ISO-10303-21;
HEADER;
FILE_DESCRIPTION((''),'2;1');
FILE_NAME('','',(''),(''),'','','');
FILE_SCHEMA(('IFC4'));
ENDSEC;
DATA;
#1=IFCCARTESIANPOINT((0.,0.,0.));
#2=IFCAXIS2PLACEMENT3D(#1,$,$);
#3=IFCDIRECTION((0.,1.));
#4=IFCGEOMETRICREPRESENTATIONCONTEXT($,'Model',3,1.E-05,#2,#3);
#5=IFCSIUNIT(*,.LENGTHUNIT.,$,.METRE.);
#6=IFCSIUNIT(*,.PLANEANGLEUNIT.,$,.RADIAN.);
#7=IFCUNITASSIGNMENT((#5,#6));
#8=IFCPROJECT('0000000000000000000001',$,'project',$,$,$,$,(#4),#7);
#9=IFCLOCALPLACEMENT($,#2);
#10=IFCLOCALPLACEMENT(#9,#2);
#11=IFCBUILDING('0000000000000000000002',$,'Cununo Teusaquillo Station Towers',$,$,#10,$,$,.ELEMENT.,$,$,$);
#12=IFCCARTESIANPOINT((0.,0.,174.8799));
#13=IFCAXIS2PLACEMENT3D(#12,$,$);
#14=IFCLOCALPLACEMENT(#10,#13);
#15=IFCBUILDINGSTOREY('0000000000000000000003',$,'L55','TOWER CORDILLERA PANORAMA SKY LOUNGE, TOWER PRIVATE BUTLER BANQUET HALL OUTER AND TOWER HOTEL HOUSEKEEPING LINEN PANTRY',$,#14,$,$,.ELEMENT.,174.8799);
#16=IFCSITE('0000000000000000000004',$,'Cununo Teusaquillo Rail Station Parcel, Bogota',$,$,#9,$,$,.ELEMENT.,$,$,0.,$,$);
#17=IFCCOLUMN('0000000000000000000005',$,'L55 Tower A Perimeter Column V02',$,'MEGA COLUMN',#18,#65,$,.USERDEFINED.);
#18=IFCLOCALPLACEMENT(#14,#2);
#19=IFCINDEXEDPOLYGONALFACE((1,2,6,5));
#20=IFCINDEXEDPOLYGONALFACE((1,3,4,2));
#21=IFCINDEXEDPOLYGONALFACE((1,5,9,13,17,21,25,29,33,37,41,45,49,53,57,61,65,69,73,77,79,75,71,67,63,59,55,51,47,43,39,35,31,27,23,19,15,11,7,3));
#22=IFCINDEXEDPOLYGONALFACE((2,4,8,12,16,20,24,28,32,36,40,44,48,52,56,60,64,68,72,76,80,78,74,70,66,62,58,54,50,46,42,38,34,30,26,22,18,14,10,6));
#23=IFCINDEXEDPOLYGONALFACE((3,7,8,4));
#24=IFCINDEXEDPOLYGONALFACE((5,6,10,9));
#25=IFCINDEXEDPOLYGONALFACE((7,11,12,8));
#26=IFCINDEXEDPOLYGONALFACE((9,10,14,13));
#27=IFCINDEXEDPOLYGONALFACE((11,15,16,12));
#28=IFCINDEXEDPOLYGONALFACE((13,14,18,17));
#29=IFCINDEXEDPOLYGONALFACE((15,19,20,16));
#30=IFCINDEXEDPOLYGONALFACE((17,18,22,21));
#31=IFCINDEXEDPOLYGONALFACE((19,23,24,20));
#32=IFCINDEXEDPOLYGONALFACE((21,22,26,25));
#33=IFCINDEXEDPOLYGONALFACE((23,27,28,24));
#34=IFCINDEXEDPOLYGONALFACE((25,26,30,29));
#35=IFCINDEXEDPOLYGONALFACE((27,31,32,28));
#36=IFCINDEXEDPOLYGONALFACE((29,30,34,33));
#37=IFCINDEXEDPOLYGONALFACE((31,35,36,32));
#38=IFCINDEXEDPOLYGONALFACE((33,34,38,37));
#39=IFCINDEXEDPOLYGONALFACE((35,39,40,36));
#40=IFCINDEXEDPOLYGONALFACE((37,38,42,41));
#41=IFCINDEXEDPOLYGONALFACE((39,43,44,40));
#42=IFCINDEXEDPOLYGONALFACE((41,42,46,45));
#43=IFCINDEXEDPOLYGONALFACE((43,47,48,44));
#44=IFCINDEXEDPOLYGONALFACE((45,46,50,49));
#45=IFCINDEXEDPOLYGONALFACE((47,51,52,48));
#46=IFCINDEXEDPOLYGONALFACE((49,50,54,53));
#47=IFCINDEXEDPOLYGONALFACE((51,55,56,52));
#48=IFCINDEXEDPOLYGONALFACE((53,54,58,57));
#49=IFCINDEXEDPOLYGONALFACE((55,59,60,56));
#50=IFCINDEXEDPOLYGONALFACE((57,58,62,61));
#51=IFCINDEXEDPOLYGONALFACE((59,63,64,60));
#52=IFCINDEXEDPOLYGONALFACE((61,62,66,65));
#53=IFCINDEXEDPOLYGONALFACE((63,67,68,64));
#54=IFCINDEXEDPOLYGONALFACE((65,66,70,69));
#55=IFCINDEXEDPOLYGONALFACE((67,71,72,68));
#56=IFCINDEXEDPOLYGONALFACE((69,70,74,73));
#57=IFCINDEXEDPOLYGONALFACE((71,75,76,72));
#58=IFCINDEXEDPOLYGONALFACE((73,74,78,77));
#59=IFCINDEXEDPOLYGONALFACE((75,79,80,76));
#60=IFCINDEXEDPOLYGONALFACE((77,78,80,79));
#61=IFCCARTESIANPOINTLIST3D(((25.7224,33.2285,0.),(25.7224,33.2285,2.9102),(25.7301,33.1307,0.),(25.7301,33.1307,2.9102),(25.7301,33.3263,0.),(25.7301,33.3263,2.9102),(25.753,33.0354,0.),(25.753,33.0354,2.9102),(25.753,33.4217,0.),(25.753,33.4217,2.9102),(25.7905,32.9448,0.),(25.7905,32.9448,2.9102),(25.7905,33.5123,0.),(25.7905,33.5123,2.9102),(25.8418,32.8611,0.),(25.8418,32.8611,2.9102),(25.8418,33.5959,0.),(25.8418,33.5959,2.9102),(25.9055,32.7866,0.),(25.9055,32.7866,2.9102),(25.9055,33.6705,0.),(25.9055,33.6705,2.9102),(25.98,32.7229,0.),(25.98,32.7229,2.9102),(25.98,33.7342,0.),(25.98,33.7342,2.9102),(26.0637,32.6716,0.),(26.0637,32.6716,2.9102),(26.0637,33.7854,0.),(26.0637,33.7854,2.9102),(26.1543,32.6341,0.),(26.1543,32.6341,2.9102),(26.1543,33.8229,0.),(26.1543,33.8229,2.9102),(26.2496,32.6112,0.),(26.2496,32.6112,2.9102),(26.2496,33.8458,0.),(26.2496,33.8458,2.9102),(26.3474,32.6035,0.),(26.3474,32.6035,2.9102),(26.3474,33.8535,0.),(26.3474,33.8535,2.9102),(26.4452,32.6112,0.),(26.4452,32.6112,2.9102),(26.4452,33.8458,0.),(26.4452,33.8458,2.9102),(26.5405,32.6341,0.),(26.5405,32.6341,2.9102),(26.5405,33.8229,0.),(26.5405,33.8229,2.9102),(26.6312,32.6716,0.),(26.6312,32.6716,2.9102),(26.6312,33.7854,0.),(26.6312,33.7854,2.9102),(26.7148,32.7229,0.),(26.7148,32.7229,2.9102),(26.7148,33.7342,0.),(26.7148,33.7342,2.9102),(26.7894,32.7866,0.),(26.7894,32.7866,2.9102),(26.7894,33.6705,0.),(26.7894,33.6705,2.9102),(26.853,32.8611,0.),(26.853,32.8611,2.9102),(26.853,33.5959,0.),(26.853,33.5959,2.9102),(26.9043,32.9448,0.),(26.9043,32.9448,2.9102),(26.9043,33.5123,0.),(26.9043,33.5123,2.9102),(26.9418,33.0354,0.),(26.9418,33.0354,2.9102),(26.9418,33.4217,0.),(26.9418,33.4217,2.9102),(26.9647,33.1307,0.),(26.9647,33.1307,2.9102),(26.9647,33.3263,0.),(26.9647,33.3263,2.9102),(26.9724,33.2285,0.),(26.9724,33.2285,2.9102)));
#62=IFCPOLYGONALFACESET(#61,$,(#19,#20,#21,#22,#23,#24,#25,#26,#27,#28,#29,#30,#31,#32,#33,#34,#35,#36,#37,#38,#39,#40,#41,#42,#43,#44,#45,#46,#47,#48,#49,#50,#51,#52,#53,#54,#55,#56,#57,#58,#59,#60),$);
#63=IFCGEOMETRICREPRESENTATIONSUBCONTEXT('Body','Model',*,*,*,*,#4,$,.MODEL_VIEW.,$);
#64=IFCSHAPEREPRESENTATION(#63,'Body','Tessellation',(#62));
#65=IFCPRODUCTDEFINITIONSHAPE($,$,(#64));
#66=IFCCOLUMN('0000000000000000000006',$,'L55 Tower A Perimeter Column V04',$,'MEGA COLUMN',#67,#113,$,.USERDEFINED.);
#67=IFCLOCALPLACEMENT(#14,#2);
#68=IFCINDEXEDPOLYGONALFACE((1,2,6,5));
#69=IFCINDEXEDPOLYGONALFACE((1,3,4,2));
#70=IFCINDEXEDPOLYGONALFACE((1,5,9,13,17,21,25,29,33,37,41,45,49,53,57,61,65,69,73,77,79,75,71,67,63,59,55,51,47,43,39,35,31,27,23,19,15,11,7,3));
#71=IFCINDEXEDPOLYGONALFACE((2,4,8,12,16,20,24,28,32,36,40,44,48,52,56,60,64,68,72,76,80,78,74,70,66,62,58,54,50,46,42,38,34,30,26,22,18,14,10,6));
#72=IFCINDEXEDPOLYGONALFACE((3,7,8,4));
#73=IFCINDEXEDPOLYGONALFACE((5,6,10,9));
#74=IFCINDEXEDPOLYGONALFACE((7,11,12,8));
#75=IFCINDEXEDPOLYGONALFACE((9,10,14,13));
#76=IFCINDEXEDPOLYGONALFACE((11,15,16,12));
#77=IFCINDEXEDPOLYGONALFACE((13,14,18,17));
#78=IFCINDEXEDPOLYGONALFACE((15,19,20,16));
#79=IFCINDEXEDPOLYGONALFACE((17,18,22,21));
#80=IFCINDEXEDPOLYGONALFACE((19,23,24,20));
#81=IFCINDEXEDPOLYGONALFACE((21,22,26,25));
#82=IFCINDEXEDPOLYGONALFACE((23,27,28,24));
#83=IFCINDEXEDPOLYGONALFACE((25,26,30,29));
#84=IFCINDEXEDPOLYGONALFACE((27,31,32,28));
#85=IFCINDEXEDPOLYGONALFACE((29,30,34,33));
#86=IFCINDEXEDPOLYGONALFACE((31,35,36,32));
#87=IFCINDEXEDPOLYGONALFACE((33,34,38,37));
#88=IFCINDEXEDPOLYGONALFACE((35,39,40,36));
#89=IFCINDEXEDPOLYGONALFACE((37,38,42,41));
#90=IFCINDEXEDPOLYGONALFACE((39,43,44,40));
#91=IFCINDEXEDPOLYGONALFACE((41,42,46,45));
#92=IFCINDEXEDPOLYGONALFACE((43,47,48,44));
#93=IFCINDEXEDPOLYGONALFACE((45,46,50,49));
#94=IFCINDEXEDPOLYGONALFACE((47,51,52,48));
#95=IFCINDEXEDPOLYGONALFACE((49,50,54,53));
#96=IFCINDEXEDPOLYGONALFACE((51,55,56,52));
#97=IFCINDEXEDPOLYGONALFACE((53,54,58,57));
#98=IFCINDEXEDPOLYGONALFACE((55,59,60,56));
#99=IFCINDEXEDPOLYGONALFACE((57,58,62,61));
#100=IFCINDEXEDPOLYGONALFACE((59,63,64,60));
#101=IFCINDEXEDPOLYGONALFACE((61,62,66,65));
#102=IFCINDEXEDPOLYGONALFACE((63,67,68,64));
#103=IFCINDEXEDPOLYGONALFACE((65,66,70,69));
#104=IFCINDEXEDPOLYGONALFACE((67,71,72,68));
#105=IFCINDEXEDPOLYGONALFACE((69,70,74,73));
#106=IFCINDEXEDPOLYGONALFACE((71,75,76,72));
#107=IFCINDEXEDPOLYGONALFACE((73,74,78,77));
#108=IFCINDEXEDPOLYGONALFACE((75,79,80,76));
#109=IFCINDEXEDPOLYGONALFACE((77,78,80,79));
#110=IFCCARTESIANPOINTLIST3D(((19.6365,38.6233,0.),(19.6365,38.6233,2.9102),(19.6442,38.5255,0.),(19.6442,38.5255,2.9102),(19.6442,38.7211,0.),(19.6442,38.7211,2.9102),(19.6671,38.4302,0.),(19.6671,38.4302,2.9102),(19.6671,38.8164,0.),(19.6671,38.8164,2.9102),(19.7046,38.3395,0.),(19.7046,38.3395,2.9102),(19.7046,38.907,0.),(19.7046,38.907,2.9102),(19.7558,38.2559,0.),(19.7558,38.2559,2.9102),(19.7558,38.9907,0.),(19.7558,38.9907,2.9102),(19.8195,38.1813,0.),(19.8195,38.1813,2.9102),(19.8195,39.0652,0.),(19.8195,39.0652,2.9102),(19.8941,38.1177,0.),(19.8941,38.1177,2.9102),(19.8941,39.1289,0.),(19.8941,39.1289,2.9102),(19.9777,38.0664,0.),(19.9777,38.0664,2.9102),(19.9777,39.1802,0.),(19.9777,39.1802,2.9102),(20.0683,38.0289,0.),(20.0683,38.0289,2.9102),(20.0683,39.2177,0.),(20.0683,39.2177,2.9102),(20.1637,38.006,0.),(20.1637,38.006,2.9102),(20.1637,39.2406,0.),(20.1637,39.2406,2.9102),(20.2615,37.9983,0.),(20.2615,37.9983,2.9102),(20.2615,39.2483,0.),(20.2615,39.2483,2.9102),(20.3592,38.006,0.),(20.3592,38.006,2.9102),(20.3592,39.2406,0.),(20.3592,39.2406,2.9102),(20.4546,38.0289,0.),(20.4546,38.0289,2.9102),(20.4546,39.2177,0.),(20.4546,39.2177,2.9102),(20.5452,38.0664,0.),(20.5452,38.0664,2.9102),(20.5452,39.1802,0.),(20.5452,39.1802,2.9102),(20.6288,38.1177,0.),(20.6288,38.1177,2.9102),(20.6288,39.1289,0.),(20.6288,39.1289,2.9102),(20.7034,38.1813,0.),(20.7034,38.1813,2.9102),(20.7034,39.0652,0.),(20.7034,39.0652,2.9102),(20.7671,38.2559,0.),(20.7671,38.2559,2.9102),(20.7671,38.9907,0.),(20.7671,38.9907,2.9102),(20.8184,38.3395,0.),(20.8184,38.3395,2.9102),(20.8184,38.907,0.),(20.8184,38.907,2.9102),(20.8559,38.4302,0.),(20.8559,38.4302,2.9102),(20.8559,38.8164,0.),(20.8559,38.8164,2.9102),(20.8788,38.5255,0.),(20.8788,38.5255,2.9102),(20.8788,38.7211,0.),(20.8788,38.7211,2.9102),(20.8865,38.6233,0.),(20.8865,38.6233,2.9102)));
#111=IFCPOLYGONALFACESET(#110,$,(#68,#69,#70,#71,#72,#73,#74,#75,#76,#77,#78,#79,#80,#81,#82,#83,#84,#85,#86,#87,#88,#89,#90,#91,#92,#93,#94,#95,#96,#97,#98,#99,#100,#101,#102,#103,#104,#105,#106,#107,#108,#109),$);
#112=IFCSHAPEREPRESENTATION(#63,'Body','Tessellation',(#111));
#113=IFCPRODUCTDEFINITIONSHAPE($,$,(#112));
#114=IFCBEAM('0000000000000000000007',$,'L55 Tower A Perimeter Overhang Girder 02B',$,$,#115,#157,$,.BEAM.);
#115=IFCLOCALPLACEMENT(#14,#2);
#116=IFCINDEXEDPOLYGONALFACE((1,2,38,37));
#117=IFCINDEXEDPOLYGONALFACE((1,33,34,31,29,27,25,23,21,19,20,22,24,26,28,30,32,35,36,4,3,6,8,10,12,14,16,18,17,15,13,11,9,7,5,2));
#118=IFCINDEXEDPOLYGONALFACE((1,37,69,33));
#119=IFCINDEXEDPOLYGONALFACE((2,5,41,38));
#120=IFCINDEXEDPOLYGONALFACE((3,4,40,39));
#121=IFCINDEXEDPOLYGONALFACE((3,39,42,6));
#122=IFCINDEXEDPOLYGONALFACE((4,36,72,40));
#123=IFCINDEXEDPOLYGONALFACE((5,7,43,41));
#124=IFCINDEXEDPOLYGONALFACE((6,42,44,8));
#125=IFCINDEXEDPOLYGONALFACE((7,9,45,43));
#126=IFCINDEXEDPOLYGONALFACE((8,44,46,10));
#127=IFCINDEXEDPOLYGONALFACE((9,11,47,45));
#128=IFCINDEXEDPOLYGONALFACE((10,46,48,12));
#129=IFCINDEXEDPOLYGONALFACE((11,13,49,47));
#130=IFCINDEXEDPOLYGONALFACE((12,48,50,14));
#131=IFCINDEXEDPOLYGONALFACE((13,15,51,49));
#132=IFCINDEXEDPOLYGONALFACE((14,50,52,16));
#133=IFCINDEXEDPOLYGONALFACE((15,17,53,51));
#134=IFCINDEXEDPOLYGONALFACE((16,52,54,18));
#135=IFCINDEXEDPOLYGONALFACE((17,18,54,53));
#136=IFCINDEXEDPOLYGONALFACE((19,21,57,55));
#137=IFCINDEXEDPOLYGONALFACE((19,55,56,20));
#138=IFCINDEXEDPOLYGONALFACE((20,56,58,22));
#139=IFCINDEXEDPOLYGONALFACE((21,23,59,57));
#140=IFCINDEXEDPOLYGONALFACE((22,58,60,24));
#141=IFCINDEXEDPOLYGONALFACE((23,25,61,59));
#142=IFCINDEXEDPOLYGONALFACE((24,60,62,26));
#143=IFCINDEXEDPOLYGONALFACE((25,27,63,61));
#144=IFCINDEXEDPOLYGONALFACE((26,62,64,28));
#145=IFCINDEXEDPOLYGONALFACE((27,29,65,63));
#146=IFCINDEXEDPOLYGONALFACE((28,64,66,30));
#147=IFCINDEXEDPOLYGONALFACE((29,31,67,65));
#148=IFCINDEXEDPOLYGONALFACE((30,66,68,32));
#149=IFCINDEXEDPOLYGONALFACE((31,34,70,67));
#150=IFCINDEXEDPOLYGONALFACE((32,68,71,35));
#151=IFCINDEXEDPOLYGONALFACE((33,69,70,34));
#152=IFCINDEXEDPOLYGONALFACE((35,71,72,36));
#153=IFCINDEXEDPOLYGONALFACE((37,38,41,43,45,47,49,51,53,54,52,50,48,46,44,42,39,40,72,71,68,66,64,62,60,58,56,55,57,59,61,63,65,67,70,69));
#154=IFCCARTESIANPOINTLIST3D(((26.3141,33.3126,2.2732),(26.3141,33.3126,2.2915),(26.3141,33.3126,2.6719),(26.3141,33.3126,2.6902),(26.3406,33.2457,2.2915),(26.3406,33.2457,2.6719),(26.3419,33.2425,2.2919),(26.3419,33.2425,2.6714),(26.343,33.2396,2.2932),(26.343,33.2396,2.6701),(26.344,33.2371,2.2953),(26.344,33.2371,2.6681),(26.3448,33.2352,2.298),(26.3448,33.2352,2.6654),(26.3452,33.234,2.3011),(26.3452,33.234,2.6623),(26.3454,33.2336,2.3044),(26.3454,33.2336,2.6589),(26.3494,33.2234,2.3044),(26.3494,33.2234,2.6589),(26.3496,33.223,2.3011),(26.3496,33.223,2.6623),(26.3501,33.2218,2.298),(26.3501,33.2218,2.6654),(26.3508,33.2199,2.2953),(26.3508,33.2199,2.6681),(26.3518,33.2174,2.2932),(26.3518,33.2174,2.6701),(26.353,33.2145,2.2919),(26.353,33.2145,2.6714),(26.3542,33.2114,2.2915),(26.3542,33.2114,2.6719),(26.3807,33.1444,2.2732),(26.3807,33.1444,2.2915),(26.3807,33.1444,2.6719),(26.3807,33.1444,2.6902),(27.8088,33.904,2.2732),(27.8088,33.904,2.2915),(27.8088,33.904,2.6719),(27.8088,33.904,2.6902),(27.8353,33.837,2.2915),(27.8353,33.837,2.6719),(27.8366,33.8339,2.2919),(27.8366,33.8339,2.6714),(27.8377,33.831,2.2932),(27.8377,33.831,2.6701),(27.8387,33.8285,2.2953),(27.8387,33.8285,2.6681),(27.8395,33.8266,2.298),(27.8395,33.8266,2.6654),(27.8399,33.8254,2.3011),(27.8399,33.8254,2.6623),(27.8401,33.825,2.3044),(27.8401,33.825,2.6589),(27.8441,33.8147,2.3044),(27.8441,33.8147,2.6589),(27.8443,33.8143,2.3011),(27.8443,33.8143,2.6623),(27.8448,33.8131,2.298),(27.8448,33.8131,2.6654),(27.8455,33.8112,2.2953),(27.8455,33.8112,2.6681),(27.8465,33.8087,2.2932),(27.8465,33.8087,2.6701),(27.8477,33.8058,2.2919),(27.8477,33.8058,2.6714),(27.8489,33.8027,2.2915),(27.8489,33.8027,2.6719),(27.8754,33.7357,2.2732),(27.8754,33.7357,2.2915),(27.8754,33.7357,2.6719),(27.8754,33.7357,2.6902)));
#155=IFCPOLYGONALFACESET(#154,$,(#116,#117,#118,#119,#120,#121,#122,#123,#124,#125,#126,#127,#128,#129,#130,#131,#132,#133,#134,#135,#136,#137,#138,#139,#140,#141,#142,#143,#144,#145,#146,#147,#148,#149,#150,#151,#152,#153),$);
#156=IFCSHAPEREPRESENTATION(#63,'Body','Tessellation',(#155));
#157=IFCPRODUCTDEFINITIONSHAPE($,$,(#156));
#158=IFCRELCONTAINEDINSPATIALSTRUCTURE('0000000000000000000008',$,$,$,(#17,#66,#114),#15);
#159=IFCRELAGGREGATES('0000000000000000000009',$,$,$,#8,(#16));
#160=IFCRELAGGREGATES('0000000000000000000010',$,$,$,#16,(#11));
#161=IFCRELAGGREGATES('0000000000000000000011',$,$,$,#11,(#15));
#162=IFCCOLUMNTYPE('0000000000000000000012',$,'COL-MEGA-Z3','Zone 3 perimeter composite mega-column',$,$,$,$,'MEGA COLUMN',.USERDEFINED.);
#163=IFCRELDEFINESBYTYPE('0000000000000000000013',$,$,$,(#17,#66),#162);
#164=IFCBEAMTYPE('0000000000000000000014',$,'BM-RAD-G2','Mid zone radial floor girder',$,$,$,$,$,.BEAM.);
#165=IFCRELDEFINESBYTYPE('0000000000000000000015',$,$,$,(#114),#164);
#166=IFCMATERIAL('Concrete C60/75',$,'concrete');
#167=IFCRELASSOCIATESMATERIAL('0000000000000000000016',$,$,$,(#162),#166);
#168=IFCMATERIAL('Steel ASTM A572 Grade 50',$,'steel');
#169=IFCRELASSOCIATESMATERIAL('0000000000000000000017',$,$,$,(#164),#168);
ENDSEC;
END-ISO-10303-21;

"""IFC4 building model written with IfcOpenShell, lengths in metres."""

from ifc_helpers import new_model, si_unit, direction, frame, origin, origin_2d, place, context, subcontext, project, spatial, circle, i_section, extrude, material, material_profile, profile_set, type_object, element, save


model = new_model("IFC4")

# Units and contexts
model_context = context("Model", 3, precision=1e-05, world=origin(), true_north=direction((0.0, 1.0)))
body_context = subcontext(model_context, "Body", "Model", "MODEL_VIEW")
ifc_project = project(units=[si_unit("LENGTHUNIT", "METRE"), si_unit("PLANEANGLEUNIT", "RADIAN")], contexts=[model_context])

# Site, building, storey
site_placement = place(None, origin())
site = spatial("IfcSite", under=ifc_project, at=site_placement, Name="Cununo Teusaquillo Rail Station Parcel, Bogota", CompositionType="ELEMENT", RefElevation=0.0)
building_placement = place(site_placement, origin())
building = spatial("IfcBuilding", under=site, at=building_placement, Name="Cununo Teusaquillo Station Towers", CompositionType="ELEMENT")
storey_placement = place(building_placement, frame((0.0, 0.0, 174.8799)))
storey = spatial("IfcBuildingStorey", under=building, at=storey_placement, Name="L55", Description="TOWER CORDILLERA PANORAMA SKY LOUNGE, TOWER PRIVATE BUTLER BANQUET HALL OUTER AND TOWER HOTEL HOUSEKEEPING LINEN PANTRY", CompositionType="ELEMENT", Elevation=174.8799)

# Columns
ifc_material_1 = material(Name="Concrete C60/75", Category="concrete")
ifc_material_profile_1 = material_profile(ifc_material_1, circle(Radius=0.625, at=origin_2d()), Name="RC-CIRC-1250")
ifc_profile_set_1 = profile_set([ifc_material_profile_1], Name="Concrete C60/75")
column_type = type_object("IfcColumnType", Name="COL-MEGA-Z3", Description="Zone 3 perimeter composite mega-column", ElementType="MEGA COLUMN", PredefinedType="USERDEFINED", material=ifc_profile_set_1)
for number, where, z_axis, x_axis, name in (
    (1, (26.3474, 33.2285, 0.0), (0.0, 0.0, 1.0), (1.0, 0.0, 0.0), "L55 Tower A Perimeter Column V02"),
    (2, (20.2615, 38.6233, 0.0), (0.0, 0.0, 1.0), (1.0, 0.0, 0.0), "L55 Tower A Perimeter Column V04"),
):
    element("IfcColumn", number, at=place(storey_placement, frame(where, z_axis=z_axis, x_axis=x_axis)), inside=storey, type_object=column_type, Name=name, ObjectType="MEGA COLUMN", PredefinedType="USERDEFINED", context=body_context, shape_type="SweptSolid", body=[
        extrude(circle(Radius=0.625, at=origin_2d()), origin(), (0.0, 0.0, 1.0), 2.9102),
    ])

# Beam
ifc_material_2 = material(Name="Steel ASTM A572 Grade 50", Category="steel")
ifc_material_profile_2 = material_profile(ifc_material_2, i_section(OverallWidth=0.1809, OverallDepth=0.417, WebThickness=0.011, FlangeThickness=0.0183, FilletRadius=0.0129, at=origin_2d()), Name="W16X57")
ifc_profile_set_2 = profile_set([ifc_material_profile_2], Name="Steel ASTM A572 Grade 50")
beam_type_1 = type_object("IfcBeamType", Name="BM-RAD-G2", Description="Mid zone radial floor girder", PredefinedType="BEAM", material=ifc_profile_set_2)
beam_1_placement = place(storey_placement, frame((26.3474, 33.2285, 2.4817), z_axis=(0.929874, 0.367879, 0.0), x_axis=(-0.367879, 0.929874, 0.0)))
element("IfcBeam", 3, at=beam_1_placement, inside=storey, type_object=beam_type_1, Name="L55 Tower A Perimeter Overhang Girder 02B", PredefinedType="BEAM", context=body_context, shape_type="SweptSolid", body=[
    extrude(i_section(OverallWidth=0.1809, OverallDepth=0.417, WebThickness=0.011, FlangeThickness=0.0183, FilletRadius=0.0129, at=origin_2d()), origin(), (0.0, 0.0, 1.0), 1.6074),
])

save(model, "model.ifc")
